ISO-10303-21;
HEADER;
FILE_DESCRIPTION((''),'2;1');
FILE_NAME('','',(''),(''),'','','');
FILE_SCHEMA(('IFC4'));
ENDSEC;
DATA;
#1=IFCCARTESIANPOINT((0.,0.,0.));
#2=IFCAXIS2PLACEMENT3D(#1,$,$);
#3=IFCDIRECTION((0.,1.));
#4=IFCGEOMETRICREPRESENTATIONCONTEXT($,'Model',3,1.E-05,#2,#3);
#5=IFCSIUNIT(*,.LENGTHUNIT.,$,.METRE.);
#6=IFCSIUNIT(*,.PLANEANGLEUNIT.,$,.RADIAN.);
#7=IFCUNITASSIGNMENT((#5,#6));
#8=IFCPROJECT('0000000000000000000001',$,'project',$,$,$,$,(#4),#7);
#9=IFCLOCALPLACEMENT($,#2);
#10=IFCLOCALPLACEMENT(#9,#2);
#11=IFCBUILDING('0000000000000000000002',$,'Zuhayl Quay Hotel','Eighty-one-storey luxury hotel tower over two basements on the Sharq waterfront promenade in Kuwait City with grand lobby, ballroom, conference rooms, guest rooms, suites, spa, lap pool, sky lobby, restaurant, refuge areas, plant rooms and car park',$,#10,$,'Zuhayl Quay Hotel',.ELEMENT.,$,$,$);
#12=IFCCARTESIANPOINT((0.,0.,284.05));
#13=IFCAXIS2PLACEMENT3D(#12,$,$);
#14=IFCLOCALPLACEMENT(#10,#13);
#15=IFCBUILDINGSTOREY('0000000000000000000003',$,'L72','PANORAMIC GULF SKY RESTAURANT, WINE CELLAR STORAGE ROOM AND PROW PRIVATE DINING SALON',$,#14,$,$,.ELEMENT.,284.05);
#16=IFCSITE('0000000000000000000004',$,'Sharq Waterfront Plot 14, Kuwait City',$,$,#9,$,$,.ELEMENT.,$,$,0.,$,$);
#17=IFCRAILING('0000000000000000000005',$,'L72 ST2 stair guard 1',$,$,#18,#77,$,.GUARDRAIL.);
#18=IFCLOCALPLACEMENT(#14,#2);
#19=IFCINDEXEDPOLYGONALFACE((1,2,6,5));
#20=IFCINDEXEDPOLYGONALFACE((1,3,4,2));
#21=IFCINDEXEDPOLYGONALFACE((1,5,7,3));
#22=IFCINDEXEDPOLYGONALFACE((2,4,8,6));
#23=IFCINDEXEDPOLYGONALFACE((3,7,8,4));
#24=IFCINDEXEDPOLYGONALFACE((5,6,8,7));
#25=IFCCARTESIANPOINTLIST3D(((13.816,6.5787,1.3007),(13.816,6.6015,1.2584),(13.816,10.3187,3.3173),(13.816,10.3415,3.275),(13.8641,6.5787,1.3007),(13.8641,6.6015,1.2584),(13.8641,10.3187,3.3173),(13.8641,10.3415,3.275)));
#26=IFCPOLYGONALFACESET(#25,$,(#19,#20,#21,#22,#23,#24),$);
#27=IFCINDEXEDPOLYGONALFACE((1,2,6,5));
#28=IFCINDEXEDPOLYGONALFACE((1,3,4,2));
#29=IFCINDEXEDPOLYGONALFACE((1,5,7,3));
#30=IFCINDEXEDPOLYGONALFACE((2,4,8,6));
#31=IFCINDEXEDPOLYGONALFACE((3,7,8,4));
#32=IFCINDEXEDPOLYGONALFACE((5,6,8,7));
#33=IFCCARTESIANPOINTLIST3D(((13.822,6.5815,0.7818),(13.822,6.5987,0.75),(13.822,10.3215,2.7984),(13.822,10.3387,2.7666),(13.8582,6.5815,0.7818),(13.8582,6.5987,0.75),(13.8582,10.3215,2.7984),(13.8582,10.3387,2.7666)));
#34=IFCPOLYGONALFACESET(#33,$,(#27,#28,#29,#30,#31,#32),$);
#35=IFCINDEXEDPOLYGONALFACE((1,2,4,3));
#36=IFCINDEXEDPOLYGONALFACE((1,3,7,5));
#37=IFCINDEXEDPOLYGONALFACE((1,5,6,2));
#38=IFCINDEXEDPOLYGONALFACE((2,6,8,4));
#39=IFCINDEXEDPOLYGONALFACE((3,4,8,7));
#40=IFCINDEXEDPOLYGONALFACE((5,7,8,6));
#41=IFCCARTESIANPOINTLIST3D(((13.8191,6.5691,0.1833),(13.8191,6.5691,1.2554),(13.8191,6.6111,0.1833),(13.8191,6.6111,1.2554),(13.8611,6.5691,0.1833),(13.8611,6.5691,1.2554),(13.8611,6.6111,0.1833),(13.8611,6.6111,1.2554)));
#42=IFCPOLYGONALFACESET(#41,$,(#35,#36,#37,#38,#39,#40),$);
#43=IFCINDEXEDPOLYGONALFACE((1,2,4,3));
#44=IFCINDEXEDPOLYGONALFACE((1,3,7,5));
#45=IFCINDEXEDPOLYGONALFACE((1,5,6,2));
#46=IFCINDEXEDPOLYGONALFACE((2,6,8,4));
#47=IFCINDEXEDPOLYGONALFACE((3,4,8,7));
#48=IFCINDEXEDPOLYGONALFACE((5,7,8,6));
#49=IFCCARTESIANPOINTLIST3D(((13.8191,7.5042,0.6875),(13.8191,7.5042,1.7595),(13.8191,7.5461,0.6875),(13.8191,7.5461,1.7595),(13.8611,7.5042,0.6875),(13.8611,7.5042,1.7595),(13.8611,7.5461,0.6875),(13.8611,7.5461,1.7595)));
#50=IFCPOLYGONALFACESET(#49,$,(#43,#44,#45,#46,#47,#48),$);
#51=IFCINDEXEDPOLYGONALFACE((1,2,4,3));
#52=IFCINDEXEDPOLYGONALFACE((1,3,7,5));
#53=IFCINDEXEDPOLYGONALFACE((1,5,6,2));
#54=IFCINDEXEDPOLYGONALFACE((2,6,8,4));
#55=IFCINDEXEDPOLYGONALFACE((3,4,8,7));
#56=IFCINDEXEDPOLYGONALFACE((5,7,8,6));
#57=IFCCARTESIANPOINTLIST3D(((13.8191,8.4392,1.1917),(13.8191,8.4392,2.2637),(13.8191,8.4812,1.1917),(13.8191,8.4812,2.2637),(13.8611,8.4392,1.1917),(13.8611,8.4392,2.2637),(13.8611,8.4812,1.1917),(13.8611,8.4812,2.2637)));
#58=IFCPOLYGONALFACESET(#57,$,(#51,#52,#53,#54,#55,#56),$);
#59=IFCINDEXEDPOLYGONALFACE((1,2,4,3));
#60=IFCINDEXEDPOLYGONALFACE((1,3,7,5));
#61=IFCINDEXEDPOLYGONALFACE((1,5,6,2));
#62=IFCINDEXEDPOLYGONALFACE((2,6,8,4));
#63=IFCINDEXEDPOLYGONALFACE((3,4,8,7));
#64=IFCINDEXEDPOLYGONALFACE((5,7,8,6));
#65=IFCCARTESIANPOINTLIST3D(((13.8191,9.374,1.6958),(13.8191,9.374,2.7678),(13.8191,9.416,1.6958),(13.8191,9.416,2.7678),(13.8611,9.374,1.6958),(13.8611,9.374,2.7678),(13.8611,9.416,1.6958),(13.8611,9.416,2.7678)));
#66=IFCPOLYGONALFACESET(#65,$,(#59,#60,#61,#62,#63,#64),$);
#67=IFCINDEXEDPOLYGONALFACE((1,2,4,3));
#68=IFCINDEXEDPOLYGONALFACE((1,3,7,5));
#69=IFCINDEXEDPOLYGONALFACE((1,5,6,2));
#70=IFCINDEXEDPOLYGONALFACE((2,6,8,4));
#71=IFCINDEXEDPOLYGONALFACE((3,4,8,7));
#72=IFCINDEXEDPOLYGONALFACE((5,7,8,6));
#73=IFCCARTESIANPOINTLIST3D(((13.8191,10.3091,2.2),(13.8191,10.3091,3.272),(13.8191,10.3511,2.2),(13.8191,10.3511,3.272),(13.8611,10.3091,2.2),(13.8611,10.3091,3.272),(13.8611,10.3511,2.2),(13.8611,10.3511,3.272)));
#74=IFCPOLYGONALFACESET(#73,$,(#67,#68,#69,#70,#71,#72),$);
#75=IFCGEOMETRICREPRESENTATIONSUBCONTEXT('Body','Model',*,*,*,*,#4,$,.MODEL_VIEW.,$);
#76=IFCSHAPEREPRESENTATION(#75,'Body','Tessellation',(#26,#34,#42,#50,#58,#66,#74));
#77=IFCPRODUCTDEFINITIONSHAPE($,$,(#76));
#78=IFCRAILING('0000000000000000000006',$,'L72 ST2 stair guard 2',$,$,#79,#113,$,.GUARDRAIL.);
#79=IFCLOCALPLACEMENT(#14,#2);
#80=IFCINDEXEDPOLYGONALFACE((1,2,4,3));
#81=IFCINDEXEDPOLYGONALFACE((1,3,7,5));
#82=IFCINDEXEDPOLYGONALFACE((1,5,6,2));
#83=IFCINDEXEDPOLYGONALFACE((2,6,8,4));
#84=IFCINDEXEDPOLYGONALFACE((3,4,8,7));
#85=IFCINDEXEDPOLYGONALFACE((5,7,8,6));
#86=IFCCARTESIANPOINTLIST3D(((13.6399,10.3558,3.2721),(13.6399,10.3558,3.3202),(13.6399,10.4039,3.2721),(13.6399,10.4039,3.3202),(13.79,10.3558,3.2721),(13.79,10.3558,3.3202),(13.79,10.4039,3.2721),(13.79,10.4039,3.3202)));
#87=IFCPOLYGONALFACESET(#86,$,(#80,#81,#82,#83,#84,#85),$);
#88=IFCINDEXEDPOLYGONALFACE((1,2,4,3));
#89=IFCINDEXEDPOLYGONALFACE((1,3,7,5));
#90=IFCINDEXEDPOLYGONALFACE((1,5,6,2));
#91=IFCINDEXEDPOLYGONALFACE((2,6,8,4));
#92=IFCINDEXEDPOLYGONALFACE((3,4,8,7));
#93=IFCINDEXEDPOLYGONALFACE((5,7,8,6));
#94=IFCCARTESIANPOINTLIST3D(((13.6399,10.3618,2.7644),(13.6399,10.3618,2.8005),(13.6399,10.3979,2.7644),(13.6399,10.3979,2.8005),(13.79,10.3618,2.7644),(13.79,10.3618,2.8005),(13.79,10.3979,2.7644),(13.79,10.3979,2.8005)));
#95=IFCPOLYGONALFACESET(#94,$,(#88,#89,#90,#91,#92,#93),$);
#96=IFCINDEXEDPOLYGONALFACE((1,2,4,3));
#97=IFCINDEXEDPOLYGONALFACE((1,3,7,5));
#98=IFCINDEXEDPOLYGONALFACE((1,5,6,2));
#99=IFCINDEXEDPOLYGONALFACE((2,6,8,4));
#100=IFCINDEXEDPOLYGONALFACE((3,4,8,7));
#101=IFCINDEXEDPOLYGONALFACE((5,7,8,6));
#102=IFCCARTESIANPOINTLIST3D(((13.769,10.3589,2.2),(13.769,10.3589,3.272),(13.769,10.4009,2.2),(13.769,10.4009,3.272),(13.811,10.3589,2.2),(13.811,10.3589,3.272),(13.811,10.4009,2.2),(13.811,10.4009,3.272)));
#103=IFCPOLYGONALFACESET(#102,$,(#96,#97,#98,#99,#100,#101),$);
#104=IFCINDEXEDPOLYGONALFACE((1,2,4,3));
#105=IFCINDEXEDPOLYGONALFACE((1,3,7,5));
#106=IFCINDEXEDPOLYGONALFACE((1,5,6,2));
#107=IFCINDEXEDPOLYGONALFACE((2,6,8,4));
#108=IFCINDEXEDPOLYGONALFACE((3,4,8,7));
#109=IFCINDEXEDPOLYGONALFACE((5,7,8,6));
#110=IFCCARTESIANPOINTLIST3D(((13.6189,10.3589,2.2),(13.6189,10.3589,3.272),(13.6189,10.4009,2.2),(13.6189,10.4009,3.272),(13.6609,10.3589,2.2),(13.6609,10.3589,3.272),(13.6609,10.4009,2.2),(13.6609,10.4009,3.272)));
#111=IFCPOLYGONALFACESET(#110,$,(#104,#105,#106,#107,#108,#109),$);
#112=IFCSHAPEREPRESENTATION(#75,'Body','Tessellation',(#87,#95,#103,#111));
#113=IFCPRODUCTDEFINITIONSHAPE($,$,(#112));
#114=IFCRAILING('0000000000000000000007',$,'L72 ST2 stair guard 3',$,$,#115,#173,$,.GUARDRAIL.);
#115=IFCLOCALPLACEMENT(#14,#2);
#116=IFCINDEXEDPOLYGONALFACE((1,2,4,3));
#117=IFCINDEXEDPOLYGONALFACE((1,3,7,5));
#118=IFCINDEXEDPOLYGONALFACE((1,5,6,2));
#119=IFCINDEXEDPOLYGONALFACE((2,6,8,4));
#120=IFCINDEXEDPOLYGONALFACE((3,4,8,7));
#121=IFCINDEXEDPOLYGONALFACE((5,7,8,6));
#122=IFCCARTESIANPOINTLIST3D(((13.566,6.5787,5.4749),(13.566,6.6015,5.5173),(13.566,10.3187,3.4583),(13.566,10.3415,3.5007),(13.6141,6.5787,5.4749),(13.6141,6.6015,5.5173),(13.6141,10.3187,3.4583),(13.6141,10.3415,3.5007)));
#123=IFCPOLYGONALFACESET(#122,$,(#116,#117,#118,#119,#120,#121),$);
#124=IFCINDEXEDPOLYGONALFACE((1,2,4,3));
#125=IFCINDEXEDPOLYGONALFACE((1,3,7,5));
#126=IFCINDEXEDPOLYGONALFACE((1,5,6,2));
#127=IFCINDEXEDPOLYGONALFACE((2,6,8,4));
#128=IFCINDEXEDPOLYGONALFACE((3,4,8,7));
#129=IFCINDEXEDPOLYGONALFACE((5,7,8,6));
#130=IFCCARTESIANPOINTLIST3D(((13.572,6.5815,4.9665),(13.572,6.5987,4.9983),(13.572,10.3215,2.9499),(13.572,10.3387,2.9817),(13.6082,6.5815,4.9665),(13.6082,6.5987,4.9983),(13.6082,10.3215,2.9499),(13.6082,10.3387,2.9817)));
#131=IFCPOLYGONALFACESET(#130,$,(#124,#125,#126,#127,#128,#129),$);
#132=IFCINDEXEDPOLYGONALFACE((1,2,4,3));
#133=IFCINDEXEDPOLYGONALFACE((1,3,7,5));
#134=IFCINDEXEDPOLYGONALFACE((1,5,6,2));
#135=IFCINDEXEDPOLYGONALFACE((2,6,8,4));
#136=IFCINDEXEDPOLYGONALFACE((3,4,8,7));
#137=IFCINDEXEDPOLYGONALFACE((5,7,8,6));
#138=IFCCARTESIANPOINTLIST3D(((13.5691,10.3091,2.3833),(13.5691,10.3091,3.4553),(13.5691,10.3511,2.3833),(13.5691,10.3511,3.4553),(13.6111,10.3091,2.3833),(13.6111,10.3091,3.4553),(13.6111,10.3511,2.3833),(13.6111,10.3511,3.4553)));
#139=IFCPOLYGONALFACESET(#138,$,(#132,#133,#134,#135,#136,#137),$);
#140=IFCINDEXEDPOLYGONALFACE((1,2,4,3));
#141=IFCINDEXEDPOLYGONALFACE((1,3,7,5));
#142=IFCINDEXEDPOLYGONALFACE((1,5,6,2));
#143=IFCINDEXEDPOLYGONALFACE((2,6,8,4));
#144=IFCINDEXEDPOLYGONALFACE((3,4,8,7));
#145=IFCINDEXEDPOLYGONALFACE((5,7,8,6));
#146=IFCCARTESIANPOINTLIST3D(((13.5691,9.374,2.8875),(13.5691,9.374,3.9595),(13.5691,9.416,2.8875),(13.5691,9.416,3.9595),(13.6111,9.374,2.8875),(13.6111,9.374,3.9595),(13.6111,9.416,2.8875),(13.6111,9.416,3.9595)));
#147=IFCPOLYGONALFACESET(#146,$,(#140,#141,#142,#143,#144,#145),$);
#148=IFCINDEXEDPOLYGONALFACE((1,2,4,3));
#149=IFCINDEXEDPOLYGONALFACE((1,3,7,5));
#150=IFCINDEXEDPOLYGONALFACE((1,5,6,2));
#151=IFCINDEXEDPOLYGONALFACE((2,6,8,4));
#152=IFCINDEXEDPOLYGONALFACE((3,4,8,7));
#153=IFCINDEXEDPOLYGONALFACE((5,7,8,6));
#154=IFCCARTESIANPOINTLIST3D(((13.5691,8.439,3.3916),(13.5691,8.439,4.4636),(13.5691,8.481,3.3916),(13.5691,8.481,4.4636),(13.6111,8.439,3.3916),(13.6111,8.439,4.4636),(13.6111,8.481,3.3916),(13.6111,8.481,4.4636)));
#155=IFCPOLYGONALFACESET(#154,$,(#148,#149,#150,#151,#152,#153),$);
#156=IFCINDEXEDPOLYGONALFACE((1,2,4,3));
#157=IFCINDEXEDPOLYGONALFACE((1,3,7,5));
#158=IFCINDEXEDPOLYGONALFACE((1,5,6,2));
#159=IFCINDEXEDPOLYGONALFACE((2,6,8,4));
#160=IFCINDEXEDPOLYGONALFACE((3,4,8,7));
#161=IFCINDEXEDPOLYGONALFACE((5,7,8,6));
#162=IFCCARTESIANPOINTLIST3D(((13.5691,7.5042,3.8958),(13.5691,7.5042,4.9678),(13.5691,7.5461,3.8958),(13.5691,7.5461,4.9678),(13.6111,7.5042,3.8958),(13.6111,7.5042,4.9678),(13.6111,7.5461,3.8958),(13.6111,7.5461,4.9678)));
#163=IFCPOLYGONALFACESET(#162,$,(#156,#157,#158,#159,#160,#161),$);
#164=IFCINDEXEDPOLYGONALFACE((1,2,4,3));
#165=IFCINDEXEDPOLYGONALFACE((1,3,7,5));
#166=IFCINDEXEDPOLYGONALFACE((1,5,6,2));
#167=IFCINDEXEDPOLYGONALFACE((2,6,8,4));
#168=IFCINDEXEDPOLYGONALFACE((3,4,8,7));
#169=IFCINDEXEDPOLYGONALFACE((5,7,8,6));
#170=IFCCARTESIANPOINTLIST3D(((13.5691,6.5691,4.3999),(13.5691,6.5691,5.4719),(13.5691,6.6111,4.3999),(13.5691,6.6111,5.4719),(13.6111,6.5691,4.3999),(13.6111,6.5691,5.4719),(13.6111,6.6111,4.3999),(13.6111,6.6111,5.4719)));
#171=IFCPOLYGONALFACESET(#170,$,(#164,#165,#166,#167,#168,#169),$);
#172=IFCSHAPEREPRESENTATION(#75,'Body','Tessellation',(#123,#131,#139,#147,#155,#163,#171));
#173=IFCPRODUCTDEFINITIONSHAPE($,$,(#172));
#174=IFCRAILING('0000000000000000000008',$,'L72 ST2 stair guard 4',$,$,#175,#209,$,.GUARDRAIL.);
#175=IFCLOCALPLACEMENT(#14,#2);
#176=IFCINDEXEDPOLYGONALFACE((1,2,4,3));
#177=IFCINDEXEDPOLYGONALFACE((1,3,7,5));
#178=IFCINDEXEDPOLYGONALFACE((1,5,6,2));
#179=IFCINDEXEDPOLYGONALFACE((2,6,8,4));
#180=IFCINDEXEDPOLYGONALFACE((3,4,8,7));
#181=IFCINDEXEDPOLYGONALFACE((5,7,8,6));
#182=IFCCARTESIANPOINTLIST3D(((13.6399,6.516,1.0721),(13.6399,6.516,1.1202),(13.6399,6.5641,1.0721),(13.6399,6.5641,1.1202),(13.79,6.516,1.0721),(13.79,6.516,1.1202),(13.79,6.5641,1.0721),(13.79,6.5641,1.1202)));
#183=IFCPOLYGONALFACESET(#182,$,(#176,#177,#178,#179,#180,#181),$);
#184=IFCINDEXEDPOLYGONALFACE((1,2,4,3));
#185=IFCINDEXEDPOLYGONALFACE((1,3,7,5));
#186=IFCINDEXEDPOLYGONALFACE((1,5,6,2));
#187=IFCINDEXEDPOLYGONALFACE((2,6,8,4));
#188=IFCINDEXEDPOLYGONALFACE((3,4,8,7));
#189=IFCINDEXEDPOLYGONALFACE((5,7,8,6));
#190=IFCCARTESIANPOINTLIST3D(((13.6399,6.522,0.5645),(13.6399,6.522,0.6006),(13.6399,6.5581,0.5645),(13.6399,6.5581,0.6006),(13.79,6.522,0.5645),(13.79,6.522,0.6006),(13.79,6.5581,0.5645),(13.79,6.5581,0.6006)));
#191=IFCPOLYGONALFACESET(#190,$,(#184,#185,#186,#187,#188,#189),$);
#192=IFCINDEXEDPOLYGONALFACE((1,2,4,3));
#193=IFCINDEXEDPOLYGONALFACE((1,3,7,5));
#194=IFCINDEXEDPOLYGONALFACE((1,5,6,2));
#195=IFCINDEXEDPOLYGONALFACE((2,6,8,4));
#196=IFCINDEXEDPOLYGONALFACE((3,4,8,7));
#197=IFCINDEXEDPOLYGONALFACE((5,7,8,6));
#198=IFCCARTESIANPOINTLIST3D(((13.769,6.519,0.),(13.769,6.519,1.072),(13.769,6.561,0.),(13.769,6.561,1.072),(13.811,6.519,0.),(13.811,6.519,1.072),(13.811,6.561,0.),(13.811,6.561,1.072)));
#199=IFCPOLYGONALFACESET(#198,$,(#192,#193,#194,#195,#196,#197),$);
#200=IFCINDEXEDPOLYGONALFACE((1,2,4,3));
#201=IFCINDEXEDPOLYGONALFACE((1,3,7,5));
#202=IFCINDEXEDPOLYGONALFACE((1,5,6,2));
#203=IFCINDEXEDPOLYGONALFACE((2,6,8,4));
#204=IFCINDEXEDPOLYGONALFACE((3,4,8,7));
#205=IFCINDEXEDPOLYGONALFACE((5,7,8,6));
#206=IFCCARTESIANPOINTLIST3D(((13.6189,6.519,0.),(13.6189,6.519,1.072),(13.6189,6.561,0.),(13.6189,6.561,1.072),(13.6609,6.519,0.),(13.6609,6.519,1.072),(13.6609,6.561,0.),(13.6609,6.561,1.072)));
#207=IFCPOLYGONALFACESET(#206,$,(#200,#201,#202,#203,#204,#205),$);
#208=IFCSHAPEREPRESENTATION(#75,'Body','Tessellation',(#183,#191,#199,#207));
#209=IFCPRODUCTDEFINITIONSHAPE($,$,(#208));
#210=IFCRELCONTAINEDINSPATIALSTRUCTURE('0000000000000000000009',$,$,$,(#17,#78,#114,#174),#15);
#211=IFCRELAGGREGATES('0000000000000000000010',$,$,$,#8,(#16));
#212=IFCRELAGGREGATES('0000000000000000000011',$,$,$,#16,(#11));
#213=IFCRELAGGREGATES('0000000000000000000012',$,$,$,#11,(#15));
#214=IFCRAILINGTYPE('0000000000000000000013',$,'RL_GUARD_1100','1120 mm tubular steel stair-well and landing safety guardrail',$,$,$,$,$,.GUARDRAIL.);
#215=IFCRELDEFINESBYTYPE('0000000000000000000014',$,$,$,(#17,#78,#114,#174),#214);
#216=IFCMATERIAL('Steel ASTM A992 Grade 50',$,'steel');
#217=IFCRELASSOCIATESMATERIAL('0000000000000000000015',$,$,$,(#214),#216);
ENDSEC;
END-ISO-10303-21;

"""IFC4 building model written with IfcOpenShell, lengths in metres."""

from ifc_helpers import new_model, si_unit, direction, frame, origin, origin_2d, place, context, subcontext, project, spatial, rectangle, extrude, material, type_object, element, save


model = new_model("IFC4")

# Units and contexts
model_context = context("Model", 3, precision=1e-05, world=origin(), true_north=direction((0.0, 1.0)))
body_context = subcontext(model_context, "Body", "Model", "MODEL_VIEW")
ifc_project = project(units=[si_unit("LENGTHUNIT", "METRE"), si_unit("PLANEANGLEUNIT", "RADIAN")], contexts=[model_context])

# Site, building, storey
site_placement = place(None, origin())
site = spatial("IfcSite", under=ifc_project, at=site_placement, Name="Sharq Waterfront Plot 14, Kuwait City", CompositionType="ELEMENT", RefElevation=0.0)
building_placement = place(site_placement, origin())
building = spatial("IfcBuilding", under=site, at=building_placement, Name="Zuhayl Quay Hotel", Description="Eighty-one-storey luxury hotel tower over two basements on the Sharq waterfront promenade in Kuwait City with grand lobby, ballroom, conference rooms, guest rooms, suites, spa, lap pool, sky lobby, restaurant, refuge areas, plant rooms and car park", LongName="Zuhayl Quay Hotel", CompositionType="ELEMENT")
storey_placement = place(building_placement, frame((0.0, 0.0, 284.05)))
storey = spatial("IfcBuildingStorey", under=building, at=storey_placement, Name="L72", Description="PANORAMIC GULF SKY RESTAURANT, WINE CELLAR STORAGE ROOM AND PROW PRIVATE DINING SALON", CompositionType="ELEMENT", Elevation=284.05)

# Shared definitions
ifc_material_1 = material(Name="Steel ASTM A992 Grade 50", Category="steel")

# Railings
railing_type_1 = type_object("IfcRailingType", Name="RL_GUARD_1100", Description="1120 mm tubular steel stair-well and landing safety guardrail", PredefinedType="GUARDRAIL", material=ifc_material_1)
railing_1_placement = place(storey_placement, frame((13.8401, 6.5901, 0.1833)))
element("IfcRailing", 1, at=railing_1_placement, inside=storey, type_object=railing_type_1, Name="L72 ST2 stair guard 1", PredefinedType="GUARDRAIL", context=body_context, shape_type="SweptSolid", body=[
    extrude(rectangle(XDim=0.0481, YDim=0.0481, at=origin_2d()), frame((0.0, 0.0, 1.0962), z_axis=(0.0, 0.8802, 0.474603), x_axis=(-1.0, 0.0, 0.0)), (0.0, 0.0, 1.0), 4.249),
    extrude(rectangle(XDim=0.0361, YDim=0.0361, at=origin_2d()), frame((0.0, 0.0, 0.5825), z_axis=(0.0, 0.8802, 0.474603), x_axis=(-1.0, 0.0, 0.0)), (0.0, 0.0, 1.0), 4.249),
    extrude(rectangle(XDim=0.042, YDim=0.042, at=origin_2d()), origin(), (0.0, 0.0, 1.0), 1.072),
    extrude(rectangle(XDim=0.042, YDim=0.042, at=origin_2d()), frame((0.0, 0.9351, 0.5042)), (0.0, 0.0, 1.0), 1.072),
    extrude(rectangle(XDim=0.042, YDim=0.042, at=origin_2d()), frame((0.0, 1.8701, 1.0083)), (0.0, 0.0, 1.0), 1.072),
    extrude(rectangle(XDim=0.042, YDim=0.042, at=origin_2d()), frame((0.0, 2.8049, 1.5125)), (0.0, 0.0, 1.0), 1.072),
    extrude(rectangle(XDim=0.042, YDim=0.042, at=origin_2d()), frame((0.0, 3.74, 2.0166)), (0.0, 0.0, 1.0), 1.072),
])
railing_2_placement = place(storey_placement, frame((13.79, 10.3799, 2.2)))
element("IfcRailing", 2, at=railing_2_placement, inside=storey, type_object=railing_type_1, Name="L72 ST2 stair guard 2", PredefinedType="GUARDRAIL", context=body_context, shape_type="SweptSolid", body=[
    extrude(rectangle(XDim=0.0481, YDim=0.0481, at=origin_2d()), frame((0.0, 0.0, 1.0962), z_axis=(-1.0, 0.0, 0.0), x_axis=(0.0, -1.0, 0.0)), (0.0, 0.0, 1.0), 0.1501),
    extrude(rectangle(XDim=0.0361, YDim=0.0361, at=origin_2d()), frame((0.0, 0.0, 0.5825), z_axis=(-1.0, 0.0, 0.0), x_axis=(0.0, -1.0, 0.0)), (0.0, 0.0, 1.0), 0.1501),
    extrude(rectangle(XDim=0.042, YDim=0.042, at=origin_2d()), origin(), (0.0, 0.0, 1.0), 1.072),
    extrude(rectangle(XDim=0.042, YDim=0.042, at=origin_2d()), frame((-0.1501, 0.0, 0.0)), (0.0, 0.0, 1.0), 1.072),
])
railing_3_placement = place(storey_placement, frame((13.5901, 10.3301, 2.3833)))
element("IfcRailing", 3, at=railing_3_placement, inside=storey, type_object=railing_type_1, Name="L72 ST2 stair guard 3", PredefinedType="GUARDRAIL", context=body_context, shape_type="SweptSolid", body=[
    extrude(rectangle(XDim=0.0481, YDim=0.0481, at=origin_2d()), frame((0.0, 0.0, 1.0962), z_axis=(0.0, -0.8802, 0.474603), x_axis=(1.0, 0.0, 0.0)), (0.0, 0.0, 1.0), 4.249),
    extrude(rectangle(XDim=0.0361, YDim=0.0361, at=origin_2d()), frame((0.0, 0.0, 0.5825), z_axis=(0.0, -0.8802, 0.474603), x_axis=(1.0, 0.0, 0.0)), (0.0, 0.0, 1.0), 4.249),
    extrude(rectangle(XDim=0.042, YDim=0.042, at=origin_2d()), origin(), (0.0, 0.0, 1.0), 1.072),
    extrude(rectangle(XDim=0.042, YDim=0.042, at=origin_2d()), frame((0.0, -0.9351, 0.5042)), (0.0, 0.0, 1.0), 1.072),
    extrude(rectangle(XDim=0.042, YDim=0.042, at=origin_2d()), frame((0.0, -1.8701, 1.0083)), (0.0, 0.0, 1.0), 1.072),
    extrude(rectangle(XDim=0.042, YDim=0.042, at=origin_2d()), frame((0.0, -2.8049, 1.5125)), (0.0, 0.0, 1.0), 1.072),
    extrude(rectangle(XDim=0.042, YDim=0.042, at=origin_2d()), frame((0.0, -3.74, 2.0166)), (0.0, 0.0, 1.0), 1.072),
])
railing_4_placement = place(storey_placement, frame((13.79, 6.54, 0.0)))
element("IfcRailing", 4, at=railing_4_placement, inside=storey, type_object=railing_type_1, Name="L72 ST2 stair guard 4", PredefinedType="GUARDRAIL", context=body_context, shape_type="SweptSolid", body=[
    extrude(rectangle(XDim=0.0481, YDim=0.0481, at=origin_2d()), frame((0.0, 0.0, 1.0962), z_axis=(-1.0, 0.0, 0.0), x_axis=(0.0, -1.0, 0.0)), (0.0, 0.0, 1.0), 0.1501),
    extrude(rectangle(XDim=0.0361, YDim=0.0361, at=origin_2d()), frame((0.0, 0.0, 0.5825), z_axis=(-1.0, 0.0, 0.0), x_axis=(0.0, -1.0, 0.0)), (0.0, 0.0, 1.0), 0.1501),
    extrude(rectangle(XDim=0.042, YDim=0.042, at=origin_2d()), origin(), (0.0, 0.0, 1.0), 1.072),
    extrude(rectangle(XDim=0.042, YDim=0.042, at=origin_2d()), frame((-0.1501, 0.0, 0.0)), (0.0, 0.0, 1.0), 1.072),
])

save(model, "model.ifc")
